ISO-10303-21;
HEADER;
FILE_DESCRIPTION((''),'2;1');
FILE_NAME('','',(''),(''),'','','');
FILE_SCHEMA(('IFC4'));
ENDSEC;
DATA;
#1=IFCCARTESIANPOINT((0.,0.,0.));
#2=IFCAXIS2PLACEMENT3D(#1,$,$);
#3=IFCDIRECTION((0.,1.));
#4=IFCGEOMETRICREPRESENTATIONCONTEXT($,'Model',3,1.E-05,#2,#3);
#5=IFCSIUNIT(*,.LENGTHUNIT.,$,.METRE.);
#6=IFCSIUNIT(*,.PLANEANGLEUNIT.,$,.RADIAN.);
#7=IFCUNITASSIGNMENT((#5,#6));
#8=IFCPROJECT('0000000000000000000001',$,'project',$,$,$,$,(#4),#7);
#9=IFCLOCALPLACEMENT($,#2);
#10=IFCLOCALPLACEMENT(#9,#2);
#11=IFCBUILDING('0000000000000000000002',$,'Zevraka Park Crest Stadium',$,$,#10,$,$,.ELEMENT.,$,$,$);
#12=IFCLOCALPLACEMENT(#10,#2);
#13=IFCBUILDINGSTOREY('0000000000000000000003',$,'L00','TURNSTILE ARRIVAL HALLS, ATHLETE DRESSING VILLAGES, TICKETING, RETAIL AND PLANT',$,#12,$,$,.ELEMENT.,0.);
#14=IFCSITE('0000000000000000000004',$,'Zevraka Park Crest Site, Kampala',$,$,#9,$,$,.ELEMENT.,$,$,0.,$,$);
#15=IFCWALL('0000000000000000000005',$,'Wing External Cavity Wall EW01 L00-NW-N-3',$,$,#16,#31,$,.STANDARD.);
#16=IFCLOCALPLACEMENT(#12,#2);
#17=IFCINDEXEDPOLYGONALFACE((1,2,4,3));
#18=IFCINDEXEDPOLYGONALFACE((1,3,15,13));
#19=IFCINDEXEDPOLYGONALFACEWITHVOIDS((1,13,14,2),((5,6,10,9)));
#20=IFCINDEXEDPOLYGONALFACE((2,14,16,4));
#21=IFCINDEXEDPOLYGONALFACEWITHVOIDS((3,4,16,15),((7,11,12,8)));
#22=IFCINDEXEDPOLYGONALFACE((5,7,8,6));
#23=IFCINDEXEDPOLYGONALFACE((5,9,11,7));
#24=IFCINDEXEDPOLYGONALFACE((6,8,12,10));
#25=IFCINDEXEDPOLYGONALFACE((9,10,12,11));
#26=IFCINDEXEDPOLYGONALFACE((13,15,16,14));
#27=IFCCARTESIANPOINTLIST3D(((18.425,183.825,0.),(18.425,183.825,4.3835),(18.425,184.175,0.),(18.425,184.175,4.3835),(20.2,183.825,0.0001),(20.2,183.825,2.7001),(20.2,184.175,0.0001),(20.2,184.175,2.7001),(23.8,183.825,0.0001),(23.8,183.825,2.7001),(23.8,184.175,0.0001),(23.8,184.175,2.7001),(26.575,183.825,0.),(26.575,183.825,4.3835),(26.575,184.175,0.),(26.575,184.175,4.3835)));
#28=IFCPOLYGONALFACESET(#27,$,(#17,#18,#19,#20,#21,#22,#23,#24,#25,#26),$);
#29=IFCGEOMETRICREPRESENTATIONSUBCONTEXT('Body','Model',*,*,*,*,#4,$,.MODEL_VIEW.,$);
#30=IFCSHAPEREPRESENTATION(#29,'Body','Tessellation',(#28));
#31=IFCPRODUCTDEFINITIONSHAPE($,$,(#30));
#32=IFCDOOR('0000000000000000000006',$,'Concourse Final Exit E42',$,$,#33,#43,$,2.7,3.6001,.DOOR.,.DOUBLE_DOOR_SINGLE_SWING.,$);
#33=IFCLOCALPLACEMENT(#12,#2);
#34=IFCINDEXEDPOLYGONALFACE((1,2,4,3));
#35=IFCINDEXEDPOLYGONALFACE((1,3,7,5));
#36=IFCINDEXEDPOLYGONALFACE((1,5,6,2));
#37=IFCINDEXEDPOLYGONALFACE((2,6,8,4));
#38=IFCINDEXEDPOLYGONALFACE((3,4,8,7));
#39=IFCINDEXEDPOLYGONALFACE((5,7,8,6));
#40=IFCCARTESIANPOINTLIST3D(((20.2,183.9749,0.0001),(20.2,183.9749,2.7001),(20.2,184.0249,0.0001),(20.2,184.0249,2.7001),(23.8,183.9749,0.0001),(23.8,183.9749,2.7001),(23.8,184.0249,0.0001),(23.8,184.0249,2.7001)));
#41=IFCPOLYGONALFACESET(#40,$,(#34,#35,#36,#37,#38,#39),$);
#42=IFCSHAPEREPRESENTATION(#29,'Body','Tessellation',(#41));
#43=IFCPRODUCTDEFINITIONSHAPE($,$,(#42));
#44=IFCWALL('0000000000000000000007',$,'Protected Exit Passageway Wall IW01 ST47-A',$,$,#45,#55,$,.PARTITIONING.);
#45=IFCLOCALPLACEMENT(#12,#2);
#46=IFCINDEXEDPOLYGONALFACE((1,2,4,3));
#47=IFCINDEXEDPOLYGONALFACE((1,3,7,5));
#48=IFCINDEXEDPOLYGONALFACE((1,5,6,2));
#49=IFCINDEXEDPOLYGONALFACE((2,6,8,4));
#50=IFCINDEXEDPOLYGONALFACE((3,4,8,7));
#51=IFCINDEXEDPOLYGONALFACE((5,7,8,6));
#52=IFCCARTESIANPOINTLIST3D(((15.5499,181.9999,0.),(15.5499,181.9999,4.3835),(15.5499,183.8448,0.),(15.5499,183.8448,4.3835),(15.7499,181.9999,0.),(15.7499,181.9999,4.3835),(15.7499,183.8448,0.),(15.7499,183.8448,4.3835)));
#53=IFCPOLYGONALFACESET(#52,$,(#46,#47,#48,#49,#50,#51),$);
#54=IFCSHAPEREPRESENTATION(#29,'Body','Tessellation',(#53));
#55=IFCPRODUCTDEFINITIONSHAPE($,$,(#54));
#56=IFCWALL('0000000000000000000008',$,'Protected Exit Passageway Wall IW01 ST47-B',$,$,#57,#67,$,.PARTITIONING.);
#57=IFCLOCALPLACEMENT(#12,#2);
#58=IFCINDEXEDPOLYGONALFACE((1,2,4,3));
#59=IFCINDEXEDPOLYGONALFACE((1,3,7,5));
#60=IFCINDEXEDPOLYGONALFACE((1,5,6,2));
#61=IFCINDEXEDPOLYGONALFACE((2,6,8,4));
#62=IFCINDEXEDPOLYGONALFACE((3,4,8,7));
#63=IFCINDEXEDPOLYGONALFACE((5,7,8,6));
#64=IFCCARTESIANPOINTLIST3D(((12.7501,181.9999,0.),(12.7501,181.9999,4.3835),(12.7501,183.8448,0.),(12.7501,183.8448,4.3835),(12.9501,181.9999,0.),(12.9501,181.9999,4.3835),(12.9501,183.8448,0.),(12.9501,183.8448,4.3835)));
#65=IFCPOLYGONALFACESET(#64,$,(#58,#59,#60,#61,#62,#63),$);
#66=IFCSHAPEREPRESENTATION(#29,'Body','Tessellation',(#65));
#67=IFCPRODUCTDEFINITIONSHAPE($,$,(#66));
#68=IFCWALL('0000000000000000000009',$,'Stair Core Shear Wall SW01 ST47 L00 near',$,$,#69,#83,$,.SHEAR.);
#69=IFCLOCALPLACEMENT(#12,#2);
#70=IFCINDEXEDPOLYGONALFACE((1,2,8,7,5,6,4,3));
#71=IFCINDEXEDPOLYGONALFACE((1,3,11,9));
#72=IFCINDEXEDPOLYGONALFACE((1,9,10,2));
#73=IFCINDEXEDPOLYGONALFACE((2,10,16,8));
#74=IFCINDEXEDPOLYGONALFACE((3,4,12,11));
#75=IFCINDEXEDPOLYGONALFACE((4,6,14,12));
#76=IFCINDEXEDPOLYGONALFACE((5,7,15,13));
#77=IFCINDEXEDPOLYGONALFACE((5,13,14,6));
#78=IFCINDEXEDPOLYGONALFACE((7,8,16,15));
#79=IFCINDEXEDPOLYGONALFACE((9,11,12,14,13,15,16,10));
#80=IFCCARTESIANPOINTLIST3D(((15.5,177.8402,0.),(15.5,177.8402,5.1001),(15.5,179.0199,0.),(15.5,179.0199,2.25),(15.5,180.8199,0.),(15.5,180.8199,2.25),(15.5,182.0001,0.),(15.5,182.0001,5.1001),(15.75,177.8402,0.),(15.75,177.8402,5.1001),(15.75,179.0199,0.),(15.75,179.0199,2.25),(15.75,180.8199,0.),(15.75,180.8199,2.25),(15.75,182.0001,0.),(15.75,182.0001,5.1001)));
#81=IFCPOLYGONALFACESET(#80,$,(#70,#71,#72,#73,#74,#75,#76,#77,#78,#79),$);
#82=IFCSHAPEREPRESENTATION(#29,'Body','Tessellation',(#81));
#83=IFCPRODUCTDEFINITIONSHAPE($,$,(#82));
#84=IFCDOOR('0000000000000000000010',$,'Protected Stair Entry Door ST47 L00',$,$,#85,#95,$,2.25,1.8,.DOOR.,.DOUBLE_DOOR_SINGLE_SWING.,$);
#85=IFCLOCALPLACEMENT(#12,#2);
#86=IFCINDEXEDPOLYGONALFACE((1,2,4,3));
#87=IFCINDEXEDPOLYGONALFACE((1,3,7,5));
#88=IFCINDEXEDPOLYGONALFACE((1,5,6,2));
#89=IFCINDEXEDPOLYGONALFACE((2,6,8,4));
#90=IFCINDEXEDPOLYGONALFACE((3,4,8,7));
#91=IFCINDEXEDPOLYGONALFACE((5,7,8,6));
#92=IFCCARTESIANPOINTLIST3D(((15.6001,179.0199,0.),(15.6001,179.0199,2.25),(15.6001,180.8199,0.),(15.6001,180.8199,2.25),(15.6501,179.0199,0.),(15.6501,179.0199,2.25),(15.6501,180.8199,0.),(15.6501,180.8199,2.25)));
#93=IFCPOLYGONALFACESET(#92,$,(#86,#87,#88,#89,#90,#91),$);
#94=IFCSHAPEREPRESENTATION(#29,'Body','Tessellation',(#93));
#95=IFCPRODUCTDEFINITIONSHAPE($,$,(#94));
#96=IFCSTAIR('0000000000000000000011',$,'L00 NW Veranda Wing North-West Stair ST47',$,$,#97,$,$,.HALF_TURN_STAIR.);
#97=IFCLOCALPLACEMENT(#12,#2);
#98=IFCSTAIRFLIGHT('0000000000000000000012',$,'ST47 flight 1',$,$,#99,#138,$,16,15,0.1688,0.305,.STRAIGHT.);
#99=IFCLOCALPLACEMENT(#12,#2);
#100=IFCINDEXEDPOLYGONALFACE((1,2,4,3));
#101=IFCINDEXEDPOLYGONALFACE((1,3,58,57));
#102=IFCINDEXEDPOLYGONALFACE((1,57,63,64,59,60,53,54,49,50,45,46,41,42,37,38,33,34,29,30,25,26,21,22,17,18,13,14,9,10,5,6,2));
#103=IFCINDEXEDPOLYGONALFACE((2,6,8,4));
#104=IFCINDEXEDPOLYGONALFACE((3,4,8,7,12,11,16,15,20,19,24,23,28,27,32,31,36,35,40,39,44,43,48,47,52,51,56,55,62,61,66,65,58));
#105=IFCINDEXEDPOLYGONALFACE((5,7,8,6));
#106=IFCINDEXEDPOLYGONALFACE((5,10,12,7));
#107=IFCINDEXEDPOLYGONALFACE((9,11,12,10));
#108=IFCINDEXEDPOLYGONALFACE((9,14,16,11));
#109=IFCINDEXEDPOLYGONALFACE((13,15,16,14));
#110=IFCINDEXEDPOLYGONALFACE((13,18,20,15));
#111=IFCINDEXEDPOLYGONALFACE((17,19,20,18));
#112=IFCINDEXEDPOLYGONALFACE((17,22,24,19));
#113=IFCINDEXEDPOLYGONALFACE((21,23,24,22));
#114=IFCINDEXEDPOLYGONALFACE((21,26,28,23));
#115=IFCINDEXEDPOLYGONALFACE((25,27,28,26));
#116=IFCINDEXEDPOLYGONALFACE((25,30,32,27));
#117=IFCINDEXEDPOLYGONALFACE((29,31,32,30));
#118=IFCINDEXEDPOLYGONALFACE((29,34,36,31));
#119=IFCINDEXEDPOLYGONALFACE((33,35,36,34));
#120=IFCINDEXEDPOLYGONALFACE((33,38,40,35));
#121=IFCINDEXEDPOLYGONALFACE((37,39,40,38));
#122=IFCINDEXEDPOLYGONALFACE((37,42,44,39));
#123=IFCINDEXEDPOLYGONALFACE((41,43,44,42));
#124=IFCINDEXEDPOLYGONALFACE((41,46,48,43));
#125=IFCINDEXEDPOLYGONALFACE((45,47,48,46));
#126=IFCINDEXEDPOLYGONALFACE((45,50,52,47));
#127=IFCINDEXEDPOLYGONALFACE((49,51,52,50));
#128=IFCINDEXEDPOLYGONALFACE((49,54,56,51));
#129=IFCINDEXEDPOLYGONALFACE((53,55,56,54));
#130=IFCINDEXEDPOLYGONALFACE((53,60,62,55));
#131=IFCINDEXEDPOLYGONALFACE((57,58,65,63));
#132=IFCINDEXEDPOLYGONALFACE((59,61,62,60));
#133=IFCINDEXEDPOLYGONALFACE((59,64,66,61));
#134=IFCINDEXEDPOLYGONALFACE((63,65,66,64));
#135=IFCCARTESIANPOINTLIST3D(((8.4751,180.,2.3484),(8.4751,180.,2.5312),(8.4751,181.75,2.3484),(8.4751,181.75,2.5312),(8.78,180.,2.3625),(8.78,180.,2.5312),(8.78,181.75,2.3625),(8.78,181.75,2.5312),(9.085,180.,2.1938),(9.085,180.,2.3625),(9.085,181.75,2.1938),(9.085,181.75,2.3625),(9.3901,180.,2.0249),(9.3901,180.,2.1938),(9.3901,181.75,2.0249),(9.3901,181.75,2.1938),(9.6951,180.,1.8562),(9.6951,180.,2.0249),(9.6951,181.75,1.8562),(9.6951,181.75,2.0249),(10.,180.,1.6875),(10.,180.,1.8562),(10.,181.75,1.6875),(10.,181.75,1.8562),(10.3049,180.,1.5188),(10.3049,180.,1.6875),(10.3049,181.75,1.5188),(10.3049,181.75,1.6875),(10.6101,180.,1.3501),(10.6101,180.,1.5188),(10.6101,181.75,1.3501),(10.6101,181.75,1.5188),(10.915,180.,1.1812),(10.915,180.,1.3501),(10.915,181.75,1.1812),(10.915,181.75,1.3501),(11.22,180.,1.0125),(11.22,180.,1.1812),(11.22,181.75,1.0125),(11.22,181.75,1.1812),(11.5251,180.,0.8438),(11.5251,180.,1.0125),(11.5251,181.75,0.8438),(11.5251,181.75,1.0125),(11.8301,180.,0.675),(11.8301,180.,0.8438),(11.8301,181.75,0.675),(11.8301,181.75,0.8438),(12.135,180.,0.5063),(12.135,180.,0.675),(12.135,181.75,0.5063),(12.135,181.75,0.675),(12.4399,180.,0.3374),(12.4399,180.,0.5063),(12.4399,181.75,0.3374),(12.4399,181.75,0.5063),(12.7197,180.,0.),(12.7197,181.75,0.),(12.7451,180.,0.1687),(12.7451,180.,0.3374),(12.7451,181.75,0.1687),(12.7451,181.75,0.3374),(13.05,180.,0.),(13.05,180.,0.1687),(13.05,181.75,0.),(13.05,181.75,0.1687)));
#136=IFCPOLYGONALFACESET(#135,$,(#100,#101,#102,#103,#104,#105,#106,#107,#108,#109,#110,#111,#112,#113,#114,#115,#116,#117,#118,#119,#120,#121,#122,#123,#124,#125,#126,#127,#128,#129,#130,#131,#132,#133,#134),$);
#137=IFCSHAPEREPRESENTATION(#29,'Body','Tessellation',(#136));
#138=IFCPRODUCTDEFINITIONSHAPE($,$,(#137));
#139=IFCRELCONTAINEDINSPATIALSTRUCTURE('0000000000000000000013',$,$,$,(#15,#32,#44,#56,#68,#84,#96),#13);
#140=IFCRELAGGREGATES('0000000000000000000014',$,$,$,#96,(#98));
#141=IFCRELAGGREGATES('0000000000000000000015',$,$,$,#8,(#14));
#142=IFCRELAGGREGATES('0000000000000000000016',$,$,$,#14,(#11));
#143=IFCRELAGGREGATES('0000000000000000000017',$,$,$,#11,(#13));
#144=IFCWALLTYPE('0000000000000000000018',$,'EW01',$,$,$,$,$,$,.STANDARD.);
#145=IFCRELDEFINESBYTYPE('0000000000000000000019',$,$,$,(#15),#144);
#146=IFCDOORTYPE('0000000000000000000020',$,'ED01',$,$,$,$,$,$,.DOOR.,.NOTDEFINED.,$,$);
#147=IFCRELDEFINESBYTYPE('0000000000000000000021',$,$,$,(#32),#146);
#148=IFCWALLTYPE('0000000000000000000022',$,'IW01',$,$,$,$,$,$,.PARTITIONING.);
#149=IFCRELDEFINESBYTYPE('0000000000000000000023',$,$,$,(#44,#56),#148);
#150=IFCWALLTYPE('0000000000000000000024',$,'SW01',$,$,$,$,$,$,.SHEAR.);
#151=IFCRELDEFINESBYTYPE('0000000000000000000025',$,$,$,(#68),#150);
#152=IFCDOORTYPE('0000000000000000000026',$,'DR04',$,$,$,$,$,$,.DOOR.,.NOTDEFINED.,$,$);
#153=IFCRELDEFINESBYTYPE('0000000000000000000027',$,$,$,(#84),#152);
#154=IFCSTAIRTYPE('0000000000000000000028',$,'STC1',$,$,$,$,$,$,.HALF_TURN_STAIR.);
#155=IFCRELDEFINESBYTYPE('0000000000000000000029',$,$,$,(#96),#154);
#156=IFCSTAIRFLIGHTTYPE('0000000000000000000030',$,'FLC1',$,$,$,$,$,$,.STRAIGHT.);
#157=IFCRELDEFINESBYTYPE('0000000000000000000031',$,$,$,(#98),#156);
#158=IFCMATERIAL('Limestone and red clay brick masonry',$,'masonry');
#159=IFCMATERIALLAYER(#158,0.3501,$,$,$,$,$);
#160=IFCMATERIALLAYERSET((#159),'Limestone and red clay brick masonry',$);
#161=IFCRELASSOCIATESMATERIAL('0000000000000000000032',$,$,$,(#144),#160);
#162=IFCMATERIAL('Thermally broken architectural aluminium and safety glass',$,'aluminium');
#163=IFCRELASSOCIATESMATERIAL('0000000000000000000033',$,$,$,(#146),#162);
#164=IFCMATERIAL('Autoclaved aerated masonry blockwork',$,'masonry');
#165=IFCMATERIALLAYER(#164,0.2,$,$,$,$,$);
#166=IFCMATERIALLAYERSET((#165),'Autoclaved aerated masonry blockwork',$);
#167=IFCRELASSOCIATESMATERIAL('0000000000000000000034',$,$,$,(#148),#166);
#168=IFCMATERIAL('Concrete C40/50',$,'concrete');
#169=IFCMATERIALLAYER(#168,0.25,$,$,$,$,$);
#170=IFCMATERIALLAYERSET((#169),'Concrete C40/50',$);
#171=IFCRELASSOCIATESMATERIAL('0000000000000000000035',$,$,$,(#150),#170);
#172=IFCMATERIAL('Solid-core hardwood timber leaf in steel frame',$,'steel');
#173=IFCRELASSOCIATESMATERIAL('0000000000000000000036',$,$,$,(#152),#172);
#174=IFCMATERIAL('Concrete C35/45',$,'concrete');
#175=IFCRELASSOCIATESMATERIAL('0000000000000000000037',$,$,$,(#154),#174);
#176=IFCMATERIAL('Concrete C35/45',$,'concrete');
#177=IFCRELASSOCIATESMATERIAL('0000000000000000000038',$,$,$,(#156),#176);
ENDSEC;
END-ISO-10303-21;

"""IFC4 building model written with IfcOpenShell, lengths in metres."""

from ifc_helpers import new_model, si_unit, direction, frame, frame_2d, origin, place, context, subcontext, project, spatial, polyline, rectangle, outline, extrude, material, layer, layer_set, type_object, element, fill, aggregate, save


model = new_model("IFC4")

# Units and contexts
model_context = context("Model", 3, precision=1e-05, world=origin(), true_north=direction((0.0, 1.0)))
body_context = subcontext(model_context, "Body", "Model", "MODEL_VIEW")
ifc_project = project(units=[si_unit("LENGTHUNIT", "METRE"), si_unit("PLANEANGLEUNIT", "RADIAN")], contexts=[model_context])

# Site, building, storey
site_placement = place(None, origin())
site = spatial("IfcSite", under=ifc_project, at=site_placement, Name="Zevraka Park Crest Site, Kampala", CompositionType="ELEMENT", RefElevation=0.0)
building_placement = place(site_placement, origin())
building = spatial("IfcBuilding", under=site, at=building_placement, Name="Zevraka Park Crest Stadium", CompositionType="ELEMENT")
storey_placement = place(building_placement, origin())
storey = spatial("IfcBuildingStorey", under=building, at=storey_placement, Name="L00", Description="TURNSTILE ARRIVAL HALLS, ATHLETE DRESSING VILLAGES, TICKETING, RETAIL AND PLANT", CompositionType="ELEMENT", Elevation=0.0)

# Wall, opening, door
ifc_material_1 = material(Name="Limestone and red clay brick masonry", Category="masonry")
ifc_layer_1 = layer(ifc_material_1, 0.3501)
ifc_layer_set_1 = layer_set([ifc_layer_1], Name="Limestone and red clay brick masonry")
wall_type_1 = type_object("IfcWallType", Name="EW01", PredefinedType="STANDARD", material=ifc_layer_set_1)
wall_1_placement = place(storey_placement, frame((18.425, 184.0, 0.0), z_axis=(0.0, 0.0, 1.0), x_axis=(1.0, 0.0, 0.0)))
wall_1 = element("IfcWall", 1, at=wall_1_placement, inside=storey, type_object=wall_type_1, Name="Wing External Cavity Wall EW01 L00-NW-N-3", PredefinedType="STANDARD", context=body_context, shape_type="SweptSolid", body=[
    extrude(rectangle(XDim=8.1499, YDim=0.3501, at=frame_2d((4.075, 0.0))), origin(), (0.0, 0.0, 1.0), 4.3835),
])
opening_1_placement = place(wall_1_placement, frame((1.7749, 0.0, 0.0)))
opening_1 = element("IfcOpeningElement", 2, at=opening_1_placement, cuts=wall_1, PredefinedType="OPENING", context=body_context, shape_type="SweptSolid", body=[
    extrude(rectangle(XDim=3.6001, YDim=2.7, at=frame_2d((1.8, 1.3501))), frame((0.0, 0.1851, 0.0), z_axis=(0.0, -1.0, 0.0), x_axis=(1.0, 0.0, 0.0)), (0.0, 0.0, 1.0), 0.3701),
])
ifc_material_2 = material(Name="Thermally broken architectural aluminium and safety glass", Category="aluminium")
door_type_1 = type_object("IfcDoorType", Name="ED01", OperationType="NOTDEFINED", PredefinedType="DOOR", material=ifc_material_2)
door_1_placement = place(opening_1_placement, origin())
door_1 = element("IfcDoor", 3, at=door_1_placement, inside=storey, type_object=door_type_1, Name="Concourse Final Exit E42", OperationType="DOUBLE_DOOR_SINGLE_SWING", OverallHeight=2.7, OverallWidth=3.6001, PredefinedType="DOOR", context=body_context, shape_type="SweptSolid", body=[
    extrude(rectangle(XDim=3.6001, YDim=2.7, at=frame_2d((1.8, 1.3501))), frame((0.0, 0.0249, 0.0), z_axis=(0.0, -1.0, 0.0), x_axis=(1.0, 0.0, 0.0)), (0.0, 0.0, 1.0), 0.05),
])
fill(opening_1, door_1)

# Walls
ifc_material_3 = material(Name="Autoclaved aerated masonry blockwork", Category="masonry")
ifc_layer_2 = layer(ifc_material_3, 0.2)
ifc_layer_set_2 = layer_set([ifc_layer_2], Name="Autoclaved aerated masonry blockwork")
wall_type_2 = type_object("IfcWallType", Name="IW01", PredefinedType="PARTITIONING", material=ifc_layer_set_2)
for number, where, z_axis, x_axis, name in (
    (4, (15.6499, 182.0, 0.0), (0.0, 0.0, 1.0), (0.0, 1.0, 0.0), "Protected Exit Passageway Wall IW01 ST47-A"),
    (5, (12.8501, 182.0, 0.0), (0.0, 0.0, 1.0), (0.0, 1.0, 0.0), "Protected Exit Passageway Wall IW01 ST47-B"),
):
    element("IfcWall", number, at=place(storey_placement, frame(where, z_axis=z_axis, x_axis=x_axis)), inside=storey, type_object=wall_type_2, Name=name, PredefinedType="PARTITIONING", context=body_context, shape_type="SweptSolid", body=[
        extrude(rectangle(XDim=1.845, YDim=0.2, at=frame_2d((0.9224, 0.0))), origin(), (0.0, 0.0, 1.0), 4.3835),
    ])

# Wall, opening, door
ifc_material_4 = material(Name="Concrete C40/50", Category="concrete")
ifc_layer_3 = layer(ifc_material_4, 0.25)
ifc_layer_set_3 = layer_set([ifc_layer_3], Name="Concrete C40/50")
wall_type_3 = type_object("IfcWallType", Name="SW01", PredefinedType="SHEAR", material=ifc_layer_set_3)
wall_2_placement = place(storey_placement, frame((15.625, 177.8401, 0.0), z_axis=(0.0, 0.0, 1.0), x_axis=(0.0, 1.0, 0.0)))
wall_2 = element("IfcWall", 6, at=wall_2_placement, inside=storey, type_object=wall_type_3, Name="Stair Core Shear Wall SW01 ST47 L00 near", PredefinedType="SHEAR", context=body_context, shape_type="SweptSolid", body=[
    extrude(rectangle(XDim=4.1599, YDim=0.25, at=frame_2d((2.0801, 0.0))), origin(), (0.0, 0.0, 1.0), 5.1001),
])
opening_2_placement = place(wall_2_placement, frame((1.1799, 0.0, 0.0)))
opening_2 = element("IfcOpeningElement", 7, at=opening_2_placement, cuts=wall_2, PredefinedType="OPENING", context=body_context, shape_type="SweptSolid", body=[
    extrude(rectangle(XDim=1.8, YDim=2.25, at=frame_2d((0.8999, 1.125))), frame((0.0, 0.135, 0.0), z_axis=(0.0, -1.0, 0.0), x_axis=(1.0, 0.0, 0.0)), (0.0, 0.0, 1.0), 0.27),
])
ifc_material_5 = material(Name="Solid-core hardwood timber leaf in steel frame", Category="steel")
door_type_2 = type_object("IfcDoorType", Name="DR04", OperationType="NOTDEFINED", PredefinedType="DOOR", material=ifc_material_5)
door_2_placement = place(opening_2_placement, origin())
door_2 = element("IfcDoor", 8, at=door_2_placement, inside=storey, type_object=door_type_2, Name="Protected Stair Entry Door ST47 L00", OperationType="DOUBLE_DOOR_SINGLE_SWING", OverallHeight=2.25, OverallWidth=1.8, PredefinedType="DOOR", context=body_context, shape_type="SweptSolid", body=[
    extrude(rectangle(XDim=1.8, YDim=2.25, at=frame_2d((0.8999, 1.125))), frame((0.0, 0.0249, 0.0), z_axis=(0.0, -1.0, 0.0), x_axis=(1.0, 0.0, 0.0)), (0.0, 0.0, 1.0), 0.05),
])
fill(opening_2, door_2)

# Stair, stair flight
ifc_material_6 = material(Name="Concrete C35/45", Category="concrete")
stair_type = type_object("IfcStairType", Name="STC1", PredefinedType="HALF_TURN_STAIR", material=ifc_material_6)
stair_placement = place(storey_placement, origin())
stair = element("IfcStair", 9, at=stair_placement, inside=storey, type_object=stair_type, Name="L00 NW Veranda Wing North-West Stair ST47", PredefinedType="HALF_TURN_STAIR")
ifc_material_7 = material(Name="Concrete C35/45", Category="concrete")
stair_flight_type = type_object("IfcStairFlightType", Name="FLC1", PredefinedType="STRAIGHT", material=ifc_material_7)
stair_flight_placement = place(storey_placement, frame((13.05, 180.875, 0.0), z_axis=(0.0, 0.0, 1.0), x_axis=(-1.0, 0.0, 0.0)))
stair_flight = element("IfcStairFlight", 10, at=stair_flight_placement, type_object=stair_flight_type, Name="ST47 flight 1", NumberOfRisers=16, NumberOfTreads=15, PredefinedType="STRAIGHT", RiserHeight=0.1688, TreadLength=0.305, context=body_context, shape_type="SweptSolid", body=[
    extrude(outline(polyline([(0.0, 0.0), (0.0, 0.1687), (0.3049, 0.1687), (0.3049, 0.3374), (0.6101, 0.3374), (0.6101, 0.5063), (0.915, 0.5063), (0.915, 0.675), (1.22, 0.675), (1.22, 0.8438), (1.5249, 0.8438), (1.5249, 1.0125), (1.8301, 1.0125), (1.8301, 1.1812), (2.135, 1.1812), (2.135, 1.3501), (2.4399, 1.3501), (2.4399, 1.5188), (2.7451, 1.5188), (2.7451, 1.6875), (3.05, 1.6875), (3.05, 1.8562), (3.355, 1.8562), (3.355, 2.0249), (3.6599, 2.0249), (3.6599, 2.1938), (3.9651, 2.1938), (3.9651, 2.3625), (4.27, 2.3625), (4.27, 2.5312), (4.575, 2.5312), (4.575, 2.7), (4.575, 2.3484), (0.3303, 0.0), (0.0, 0.0)])), frame((0.0, 0.875, 0.0), z_axis=(0.0, -1.0, 0.0), x_axis=(1.0, 0.0, 0.0)), (0.0, 0.0, 1.0), 1.75),
])
aggregate(stair, [stair_flight])

save(model, "model.ifc")
